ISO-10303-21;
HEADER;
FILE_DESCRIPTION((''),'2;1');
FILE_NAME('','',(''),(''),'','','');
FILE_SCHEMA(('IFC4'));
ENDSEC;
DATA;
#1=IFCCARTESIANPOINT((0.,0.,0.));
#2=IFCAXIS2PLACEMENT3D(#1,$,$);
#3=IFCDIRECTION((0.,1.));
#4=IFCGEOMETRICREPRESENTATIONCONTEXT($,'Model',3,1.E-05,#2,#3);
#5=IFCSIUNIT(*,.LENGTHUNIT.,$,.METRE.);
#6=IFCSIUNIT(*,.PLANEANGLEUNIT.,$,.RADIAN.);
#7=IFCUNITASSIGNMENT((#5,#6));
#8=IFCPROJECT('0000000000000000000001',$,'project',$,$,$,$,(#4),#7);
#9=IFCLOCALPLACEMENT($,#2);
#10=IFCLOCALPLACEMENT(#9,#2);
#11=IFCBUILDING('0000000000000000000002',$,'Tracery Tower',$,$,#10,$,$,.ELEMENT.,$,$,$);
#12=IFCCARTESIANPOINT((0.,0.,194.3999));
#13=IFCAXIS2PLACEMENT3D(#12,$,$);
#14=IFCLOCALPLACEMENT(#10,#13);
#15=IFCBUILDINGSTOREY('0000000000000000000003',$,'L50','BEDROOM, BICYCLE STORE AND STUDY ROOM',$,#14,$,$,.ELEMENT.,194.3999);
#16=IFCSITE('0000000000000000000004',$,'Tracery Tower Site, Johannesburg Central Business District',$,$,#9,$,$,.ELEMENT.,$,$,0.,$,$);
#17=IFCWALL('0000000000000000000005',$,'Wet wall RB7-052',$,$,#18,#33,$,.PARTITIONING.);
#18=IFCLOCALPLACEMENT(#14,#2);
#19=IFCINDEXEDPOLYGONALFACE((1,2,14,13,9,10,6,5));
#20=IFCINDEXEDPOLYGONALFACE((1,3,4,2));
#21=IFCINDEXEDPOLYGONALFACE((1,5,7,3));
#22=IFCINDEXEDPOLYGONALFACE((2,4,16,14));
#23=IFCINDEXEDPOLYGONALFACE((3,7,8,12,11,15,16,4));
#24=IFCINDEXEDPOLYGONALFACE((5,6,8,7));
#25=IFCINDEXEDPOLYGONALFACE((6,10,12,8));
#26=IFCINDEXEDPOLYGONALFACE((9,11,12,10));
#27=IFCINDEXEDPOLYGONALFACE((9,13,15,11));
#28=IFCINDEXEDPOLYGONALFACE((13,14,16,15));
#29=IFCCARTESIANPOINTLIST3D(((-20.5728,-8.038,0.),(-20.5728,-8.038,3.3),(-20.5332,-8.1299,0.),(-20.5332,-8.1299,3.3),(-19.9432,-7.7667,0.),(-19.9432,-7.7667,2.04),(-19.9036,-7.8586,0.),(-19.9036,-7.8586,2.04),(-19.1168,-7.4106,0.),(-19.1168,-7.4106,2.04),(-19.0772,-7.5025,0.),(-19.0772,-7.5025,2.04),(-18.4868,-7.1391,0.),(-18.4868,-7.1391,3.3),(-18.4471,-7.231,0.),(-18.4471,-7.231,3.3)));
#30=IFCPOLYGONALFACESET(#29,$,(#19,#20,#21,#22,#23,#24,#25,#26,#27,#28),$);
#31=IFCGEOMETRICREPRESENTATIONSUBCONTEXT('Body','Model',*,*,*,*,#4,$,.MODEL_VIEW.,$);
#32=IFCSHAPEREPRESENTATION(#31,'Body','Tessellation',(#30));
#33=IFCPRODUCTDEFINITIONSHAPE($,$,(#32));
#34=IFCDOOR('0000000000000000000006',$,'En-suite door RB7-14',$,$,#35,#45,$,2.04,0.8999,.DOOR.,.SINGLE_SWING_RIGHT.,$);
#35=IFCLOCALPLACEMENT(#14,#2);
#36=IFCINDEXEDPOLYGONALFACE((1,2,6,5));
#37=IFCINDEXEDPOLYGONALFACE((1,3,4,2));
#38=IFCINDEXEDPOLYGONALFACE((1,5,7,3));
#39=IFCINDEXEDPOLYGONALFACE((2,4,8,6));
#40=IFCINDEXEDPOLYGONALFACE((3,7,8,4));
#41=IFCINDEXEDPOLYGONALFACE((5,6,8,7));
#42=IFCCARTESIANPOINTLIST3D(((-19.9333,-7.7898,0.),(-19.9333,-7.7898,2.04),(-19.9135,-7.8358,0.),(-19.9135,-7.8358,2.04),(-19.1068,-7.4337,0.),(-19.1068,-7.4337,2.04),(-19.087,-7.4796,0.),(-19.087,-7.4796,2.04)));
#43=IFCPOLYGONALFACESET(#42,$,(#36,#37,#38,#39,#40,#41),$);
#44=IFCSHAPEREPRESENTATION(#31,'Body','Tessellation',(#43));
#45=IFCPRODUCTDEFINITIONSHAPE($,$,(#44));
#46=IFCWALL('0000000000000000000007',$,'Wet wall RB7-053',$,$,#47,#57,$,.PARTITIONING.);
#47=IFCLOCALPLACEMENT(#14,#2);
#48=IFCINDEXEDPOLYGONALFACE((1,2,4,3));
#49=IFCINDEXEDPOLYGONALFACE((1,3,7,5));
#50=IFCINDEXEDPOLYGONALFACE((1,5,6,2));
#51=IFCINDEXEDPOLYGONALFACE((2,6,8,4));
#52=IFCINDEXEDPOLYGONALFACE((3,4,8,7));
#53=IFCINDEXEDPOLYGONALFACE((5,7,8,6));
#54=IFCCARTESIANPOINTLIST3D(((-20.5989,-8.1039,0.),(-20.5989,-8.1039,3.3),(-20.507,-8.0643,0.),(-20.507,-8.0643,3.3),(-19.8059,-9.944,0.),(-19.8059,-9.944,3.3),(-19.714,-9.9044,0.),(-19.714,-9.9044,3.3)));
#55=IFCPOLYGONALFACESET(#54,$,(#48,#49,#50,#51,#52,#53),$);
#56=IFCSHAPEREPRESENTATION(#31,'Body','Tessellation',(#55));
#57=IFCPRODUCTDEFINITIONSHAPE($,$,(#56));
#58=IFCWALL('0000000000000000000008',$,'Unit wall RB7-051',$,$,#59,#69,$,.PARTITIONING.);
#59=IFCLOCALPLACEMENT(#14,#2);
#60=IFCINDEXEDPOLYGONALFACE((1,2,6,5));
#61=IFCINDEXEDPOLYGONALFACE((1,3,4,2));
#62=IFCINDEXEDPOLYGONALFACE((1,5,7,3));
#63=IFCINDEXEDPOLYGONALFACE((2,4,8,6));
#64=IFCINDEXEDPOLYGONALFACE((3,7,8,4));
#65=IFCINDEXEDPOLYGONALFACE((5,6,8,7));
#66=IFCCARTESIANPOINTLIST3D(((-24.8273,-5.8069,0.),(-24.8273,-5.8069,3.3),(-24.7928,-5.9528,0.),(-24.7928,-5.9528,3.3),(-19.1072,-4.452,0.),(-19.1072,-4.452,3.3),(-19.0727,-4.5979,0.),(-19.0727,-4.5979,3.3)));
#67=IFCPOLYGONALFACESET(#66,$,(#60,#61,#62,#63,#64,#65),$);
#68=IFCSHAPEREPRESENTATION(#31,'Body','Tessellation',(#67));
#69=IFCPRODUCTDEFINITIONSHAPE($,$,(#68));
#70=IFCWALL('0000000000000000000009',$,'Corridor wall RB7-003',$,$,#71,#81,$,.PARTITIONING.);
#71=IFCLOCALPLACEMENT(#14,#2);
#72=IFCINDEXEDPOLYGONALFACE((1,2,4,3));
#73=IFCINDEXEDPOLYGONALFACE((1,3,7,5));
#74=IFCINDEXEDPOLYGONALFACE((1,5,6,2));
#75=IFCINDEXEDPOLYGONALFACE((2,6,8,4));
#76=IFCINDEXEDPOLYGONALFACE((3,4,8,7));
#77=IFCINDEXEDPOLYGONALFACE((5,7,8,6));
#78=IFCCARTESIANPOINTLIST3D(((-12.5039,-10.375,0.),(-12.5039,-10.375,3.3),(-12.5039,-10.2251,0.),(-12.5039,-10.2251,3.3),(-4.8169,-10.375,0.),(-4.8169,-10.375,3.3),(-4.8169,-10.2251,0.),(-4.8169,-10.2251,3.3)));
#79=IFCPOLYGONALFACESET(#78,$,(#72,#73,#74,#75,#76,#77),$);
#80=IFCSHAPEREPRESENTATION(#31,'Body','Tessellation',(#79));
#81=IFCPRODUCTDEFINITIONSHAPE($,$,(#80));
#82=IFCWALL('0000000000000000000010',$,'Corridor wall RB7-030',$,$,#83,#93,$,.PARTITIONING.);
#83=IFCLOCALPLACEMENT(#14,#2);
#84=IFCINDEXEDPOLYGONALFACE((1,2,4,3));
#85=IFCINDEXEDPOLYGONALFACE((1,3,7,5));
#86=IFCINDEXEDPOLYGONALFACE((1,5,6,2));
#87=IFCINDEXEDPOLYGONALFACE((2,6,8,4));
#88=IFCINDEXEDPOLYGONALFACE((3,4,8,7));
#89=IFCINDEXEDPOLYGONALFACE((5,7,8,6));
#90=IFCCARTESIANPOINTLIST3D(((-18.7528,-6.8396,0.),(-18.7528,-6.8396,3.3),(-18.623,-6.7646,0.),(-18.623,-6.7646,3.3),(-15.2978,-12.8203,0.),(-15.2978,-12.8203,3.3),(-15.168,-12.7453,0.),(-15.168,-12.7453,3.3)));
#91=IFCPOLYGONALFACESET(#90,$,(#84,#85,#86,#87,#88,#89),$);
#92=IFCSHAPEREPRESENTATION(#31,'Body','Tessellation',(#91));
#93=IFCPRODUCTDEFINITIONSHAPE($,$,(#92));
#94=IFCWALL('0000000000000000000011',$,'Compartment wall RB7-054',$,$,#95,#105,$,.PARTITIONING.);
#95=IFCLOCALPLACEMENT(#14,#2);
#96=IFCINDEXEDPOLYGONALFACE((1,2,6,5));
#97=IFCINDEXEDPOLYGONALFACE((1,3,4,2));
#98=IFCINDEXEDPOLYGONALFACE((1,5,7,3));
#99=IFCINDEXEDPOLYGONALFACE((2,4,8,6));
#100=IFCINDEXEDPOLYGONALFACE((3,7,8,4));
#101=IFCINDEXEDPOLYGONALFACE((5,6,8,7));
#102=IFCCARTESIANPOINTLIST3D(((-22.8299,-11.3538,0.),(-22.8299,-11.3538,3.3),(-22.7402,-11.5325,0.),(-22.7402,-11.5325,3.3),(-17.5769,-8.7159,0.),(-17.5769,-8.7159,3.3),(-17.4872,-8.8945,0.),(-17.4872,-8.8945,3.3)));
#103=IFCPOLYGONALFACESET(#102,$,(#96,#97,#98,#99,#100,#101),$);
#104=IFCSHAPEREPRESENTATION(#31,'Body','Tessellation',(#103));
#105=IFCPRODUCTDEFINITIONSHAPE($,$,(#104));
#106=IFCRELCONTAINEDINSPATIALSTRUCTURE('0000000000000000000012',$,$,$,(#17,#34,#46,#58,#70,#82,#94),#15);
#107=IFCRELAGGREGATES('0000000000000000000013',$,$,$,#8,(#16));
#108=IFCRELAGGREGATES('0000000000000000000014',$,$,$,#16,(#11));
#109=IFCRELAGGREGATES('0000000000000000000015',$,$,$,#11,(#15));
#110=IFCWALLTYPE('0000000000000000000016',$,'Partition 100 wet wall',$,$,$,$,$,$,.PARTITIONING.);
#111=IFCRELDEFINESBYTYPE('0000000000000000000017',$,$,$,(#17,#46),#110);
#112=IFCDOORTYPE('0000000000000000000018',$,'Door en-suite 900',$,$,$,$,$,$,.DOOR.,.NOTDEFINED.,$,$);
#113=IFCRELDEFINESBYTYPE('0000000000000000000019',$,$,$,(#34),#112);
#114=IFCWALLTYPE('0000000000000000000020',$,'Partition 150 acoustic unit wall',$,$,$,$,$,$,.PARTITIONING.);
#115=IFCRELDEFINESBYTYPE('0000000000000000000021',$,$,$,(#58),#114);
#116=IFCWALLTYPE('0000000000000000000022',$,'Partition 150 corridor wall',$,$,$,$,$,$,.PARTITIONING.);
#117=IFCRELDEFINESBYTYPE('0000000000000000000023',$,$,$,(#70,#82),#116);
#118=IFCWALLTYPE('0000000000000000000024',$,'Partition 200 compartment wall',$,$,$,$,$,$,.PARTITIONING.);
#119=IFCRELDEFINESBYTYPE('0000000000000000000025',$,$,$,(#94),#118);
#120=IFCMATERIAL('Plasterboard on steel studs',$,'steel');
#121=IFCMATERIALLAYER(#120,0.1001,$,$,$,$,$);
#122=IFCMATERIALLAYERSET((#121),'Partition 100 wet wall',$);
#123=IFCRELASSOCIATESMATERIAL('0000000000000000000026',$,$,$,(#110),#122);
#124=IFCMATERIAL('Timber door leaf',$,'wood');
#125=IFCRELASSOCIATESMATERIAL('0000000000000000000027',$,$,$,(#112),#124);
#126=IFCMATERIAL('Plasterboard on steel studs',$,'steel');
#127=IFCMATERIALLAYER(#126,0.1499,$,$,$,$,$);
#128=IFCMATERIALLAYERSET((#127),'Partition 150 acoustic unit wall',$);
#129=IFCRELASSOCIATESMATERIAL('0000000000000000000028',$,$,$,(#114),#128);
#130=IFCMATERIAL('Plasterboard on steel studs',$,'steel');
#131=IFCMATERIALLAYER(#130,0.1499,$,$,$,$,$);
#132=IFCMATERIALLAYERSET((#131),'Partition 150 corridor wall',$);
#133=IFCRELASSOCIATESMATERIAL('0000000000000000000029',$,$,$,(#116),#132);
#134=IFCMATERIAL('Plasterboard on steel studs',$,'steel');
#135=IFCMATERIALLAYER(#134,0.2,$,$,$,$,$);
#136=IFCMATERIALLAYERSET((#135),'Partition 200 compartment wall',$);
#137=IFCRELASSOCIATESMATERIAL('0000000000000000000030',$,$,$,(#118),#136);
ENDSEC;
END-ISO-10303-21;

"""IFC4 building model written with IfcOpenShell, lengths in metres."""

from ifc_helpers import new_model, si_unit, direction, frame, frame_2d, origin, place, context, subcontext, project, spatial, rectangle, extrude, material, layer, layer_set, type_object, element, fill, save


model = new_model("IFC4")

# Units and contexts
model_context = context("Model", 3, precision=1e-05, world=origin(), true_north=direction((0.0, 1.0)))
body_context = subcontext(model_context, "Body", "Model", "MODEL_VIEW")
ifc_project = project(units=[si_unit("LENGTHUNIT", "METRE"), si_unit("PLANEANGLEUNIT", "RADIAN")], contexts=[model_context])

# Site, building, storey
site_placement = place(None, origin())
site = spatial("IfcSite", under=ifc_project, at=site_placement, Name="Tracery Tower Site, Johannesburg Central Business District", CompositionType="ELEMENT", RefElevation=0.0)
building_placement = place(site_placement, origin())
building = spatial("IfcBuilding", under=site, at=building_placement, Name="Tracery Tower", CompositionType="ELEMENT")
storey_placement = place(building_placement, frame((0.0, 0.0, 194.3999)))
storey = spatial("IfcBuildingStorey", under=building, at=storey_placement, Name="L50", Description="BEDROOM, BICYCLE STORE AND STUDY ROOM", CompositionType="ELEMENT", Elevation=194.3999)

# Shared definitions
ifc_material_1 = material(Name="Plasterboard on steel studs", Category="steel")
ifc_layer_1 = layer(ifc_material_1, 0.1001)
ifc_layer_set_1 = layer_set([ifc_layer_1], Name="Partition 100 wet wall")
wall_type_1 = type_object("IfcWallType", Name="Partition 100 wet wall", PredefinedType="PARTITIONING", material=ifc_layer_set_1)
ifc_material_2 = material(Name="Timber door leaf", Category="wood")
door_type = type_object("IfcDoorType", Name="Door en-suite 900", OperationType="NOTDEFINED", PredefinedType="DOOR", material=ifc_material_2)

# Wall, opening, door
wall_1_placement = place(storey_placement, frame((-20.553, -8.084, 0.0), z_axis=(0.0, 0.0, 1.0), x_axis=(0.918354, 0.395761, 0.0)))
wall_1 = element("IfcWall", 1, at=wall_1_placement, inside=storey, type_object=wall_type_1, Name="Wet wall RB7-052", PredefinedType="PARTITIONING", context=body_context, shape_type="SweptSolid", body=[
    extrude(rectangle(XDim=2.2715, YDim=0.1001, at=frame_2d((1.1357, 0.0))), origin(), (0.0, 0.0, 1.0), 3.3),
])
opening_1_placement = place(wall_1_placement, frame((0.6855, 0.0, 0.0)))
opening_1 = element("IfcOpeningElement", 2, at=opening_1_placement, cuts=wall_1, PredefinedType="OPENING", context=body_context, shape_type="SweptSolid", body=[
    extrude(rectangle(XDim=0.8999, YDim=2.04, at=frame_2d((0.45, 1.02))), frame((0.0, 0.05, 0.0), z_axis=(0.0, -1.0, 0.0), x_axis=(1.0, 0.0, 0.0)), (0.0, 0.0, 1.0), 0.1001),
])
door_1_placement = place(opening_1_placement, origin())
door_1 = element("IfcDoor", 3, at=door_1_placement, inside=storey, type_object=door_type, Name="En-suite door RB7-14", OperationType="SINGLE_SWING_RIGHT", OverallHeight=2.04, OverallWidth=0.8999, PredefinedType="DOOR", context=body_context, shape_type="SweptSolid", body=[
    extrude(rectangle(XDim=0.8999, YDim=2.04, at=frame_2d((0.45, 1.02))), frame((0.0, 0.0249, 0.0), z_axis=(0.0, -1.0, 0.0), x_axis=(1.0, 0.0, 0.0)), (0.0, 0.0, 1.0), 0.05),
])
fill(opening_1, door_1)

# Walls
wall_2_placement = place(storey_placement, frame((-20.553, -8.084, 0.0), z_axis=(0.0, 0.0, 1.0), x_axis=(0.395757, -0.918355, 0.0)))
element("IfcWall", 4, at=wall_2_placement, inside=storey, type_object=wall_type_1, Name="Wet wall RB7-053", PredefinedType="PARTITIONING", context=body_context, shape_type="SweptSolid", body=[
    extrude(rectangle(XDim=2.0037, YDim=0.1001, at=frame_2d((1.002, 0.0))), origin(), (0.0, 0.0, 1.0), 3.3),
])
ifc_material_3 = material(Name="Plasterboard on steel studs", Category="steel")
ifc_layer_2 = layer(ifc_material_3, 0.1499)
ifc_layer_set_2 = layer_set([ifc_layer_2], Name="Partition 150 acoustic unit wall")
wall_type_2 = type_object("IfcWallType", Name="Partition 150 acoustic unit wall", PredefinedType="PARTITIONING", material=ifc_layer_set_2)
wall_3_placement = place(storey_placement, frame((-24.8101, -5.8799, 0.0), z_axis=(0.0, 0.0, 1.0), x_axis=(0.973073, 0.230497, 0.0)))
element("IfcWall", 5, at=wall_3_placement, inside=storey, type_object=wall_type_2, Name="Unit wall RB7-051", PredefinedType="PARTITIONING", context=body_context, shape_type="SweptSolid", body=[
    extrude(rectangle(XDim=5.8784, YDim=0.1499, at=frame_2d((2.9392, 0.0))), origin(), (0.0, 0.0, 1.0), 3.3),
])
ifc_material_4 = material(Name="Plasterboard on steel studs", Category="steel")
ifc_layer_3 = layer(ifc_material_4, 0.1499)
ifc_layer_set_3 = layer_set([ifc_layer_3], Name="Partition 150 corridor wall")
wall_type_3 = type_object("IfcWallType", Name="Partition 150 corridor wall", PredefinedType="PARTITIONING", material=ifc_layer_set_3)
wall_4_placement = place(storey_placement, frame((-12.5039, -10.3, 0.0), z_axis=(0.0, 0.0, 1.0), x_axis=(1.0, 0.0, 0.0)))
element("IfcWall", 6, at=wall_4_placement, inside=storey, type_object=wall_type_3, Name="Corridor wall RB7-003", PredefinedType="PARTITIONING", context=body_context, shape_type="SweptSolid", body=[
    extrude(rectangle(XDim=7.687, YDim=0.1499, at=frame_2d((3.8435, 0.0))), origin(), (0.0, 0.0, 1.0), 3.3),
])
wall_5_placement = place(storey_placement, frame((-18.688, -6.802, 0.0), z_axis=(0.0, 0.0, 1.0), x_axis=(0.500229, -0.865893, 0.0)))
element("IfcWall", 7, at=wall_5_placement, inside=storey, type_object=wall_type_3, Name="Corridor wall RB7-030", PredefinedType="PARTITIONING", context=body_context, shape_type="SweptSolid", body=[
    extrude(rectangle(XDim=6.907, YDim=0.1499, at=frame_2d((3.4536, 0.0))), origin(), (0.0, 0.0, 1.0), 3.3),
])
ifc_material_5 = material(Name="Plasterboard on steel studs", Category="steel")
ifc_layer_4 = layer(ifc_material_5, 0.2)
ifc_layer_set_4 = layer_set([ifc_layer_4], Name="Partition 200 compartment wall")
wall_type_4 = type_object("IfcWallType", Name="Partition 200 compartment wall", PredefinedType="PARTITIONING", material=ifc_layer_set_4)
wall_6_placement = place(storey_placement, frame((-22.7849, -11.4431, 0.0), z_axis=(0.0, 0.0, 1.0), x_axis=(0.893645, 0.448775, 0.0)))
element("IfcWall", 8, at=wall_6_placement, inside=storey, type_object=wall_type_4, Name="Compartment wall RB7-054", PredefinedType="PARTITIONING", context=body_context, shape_type="SweptSolid", body=[
    extrude(rectangle(XDim=5.8782, YDim=0.2, at=frame_2d((2.939, 0.0))), origin(), (0.0, 0.0, 1.0), 3.3),
])

save(model, "model.ifc")
